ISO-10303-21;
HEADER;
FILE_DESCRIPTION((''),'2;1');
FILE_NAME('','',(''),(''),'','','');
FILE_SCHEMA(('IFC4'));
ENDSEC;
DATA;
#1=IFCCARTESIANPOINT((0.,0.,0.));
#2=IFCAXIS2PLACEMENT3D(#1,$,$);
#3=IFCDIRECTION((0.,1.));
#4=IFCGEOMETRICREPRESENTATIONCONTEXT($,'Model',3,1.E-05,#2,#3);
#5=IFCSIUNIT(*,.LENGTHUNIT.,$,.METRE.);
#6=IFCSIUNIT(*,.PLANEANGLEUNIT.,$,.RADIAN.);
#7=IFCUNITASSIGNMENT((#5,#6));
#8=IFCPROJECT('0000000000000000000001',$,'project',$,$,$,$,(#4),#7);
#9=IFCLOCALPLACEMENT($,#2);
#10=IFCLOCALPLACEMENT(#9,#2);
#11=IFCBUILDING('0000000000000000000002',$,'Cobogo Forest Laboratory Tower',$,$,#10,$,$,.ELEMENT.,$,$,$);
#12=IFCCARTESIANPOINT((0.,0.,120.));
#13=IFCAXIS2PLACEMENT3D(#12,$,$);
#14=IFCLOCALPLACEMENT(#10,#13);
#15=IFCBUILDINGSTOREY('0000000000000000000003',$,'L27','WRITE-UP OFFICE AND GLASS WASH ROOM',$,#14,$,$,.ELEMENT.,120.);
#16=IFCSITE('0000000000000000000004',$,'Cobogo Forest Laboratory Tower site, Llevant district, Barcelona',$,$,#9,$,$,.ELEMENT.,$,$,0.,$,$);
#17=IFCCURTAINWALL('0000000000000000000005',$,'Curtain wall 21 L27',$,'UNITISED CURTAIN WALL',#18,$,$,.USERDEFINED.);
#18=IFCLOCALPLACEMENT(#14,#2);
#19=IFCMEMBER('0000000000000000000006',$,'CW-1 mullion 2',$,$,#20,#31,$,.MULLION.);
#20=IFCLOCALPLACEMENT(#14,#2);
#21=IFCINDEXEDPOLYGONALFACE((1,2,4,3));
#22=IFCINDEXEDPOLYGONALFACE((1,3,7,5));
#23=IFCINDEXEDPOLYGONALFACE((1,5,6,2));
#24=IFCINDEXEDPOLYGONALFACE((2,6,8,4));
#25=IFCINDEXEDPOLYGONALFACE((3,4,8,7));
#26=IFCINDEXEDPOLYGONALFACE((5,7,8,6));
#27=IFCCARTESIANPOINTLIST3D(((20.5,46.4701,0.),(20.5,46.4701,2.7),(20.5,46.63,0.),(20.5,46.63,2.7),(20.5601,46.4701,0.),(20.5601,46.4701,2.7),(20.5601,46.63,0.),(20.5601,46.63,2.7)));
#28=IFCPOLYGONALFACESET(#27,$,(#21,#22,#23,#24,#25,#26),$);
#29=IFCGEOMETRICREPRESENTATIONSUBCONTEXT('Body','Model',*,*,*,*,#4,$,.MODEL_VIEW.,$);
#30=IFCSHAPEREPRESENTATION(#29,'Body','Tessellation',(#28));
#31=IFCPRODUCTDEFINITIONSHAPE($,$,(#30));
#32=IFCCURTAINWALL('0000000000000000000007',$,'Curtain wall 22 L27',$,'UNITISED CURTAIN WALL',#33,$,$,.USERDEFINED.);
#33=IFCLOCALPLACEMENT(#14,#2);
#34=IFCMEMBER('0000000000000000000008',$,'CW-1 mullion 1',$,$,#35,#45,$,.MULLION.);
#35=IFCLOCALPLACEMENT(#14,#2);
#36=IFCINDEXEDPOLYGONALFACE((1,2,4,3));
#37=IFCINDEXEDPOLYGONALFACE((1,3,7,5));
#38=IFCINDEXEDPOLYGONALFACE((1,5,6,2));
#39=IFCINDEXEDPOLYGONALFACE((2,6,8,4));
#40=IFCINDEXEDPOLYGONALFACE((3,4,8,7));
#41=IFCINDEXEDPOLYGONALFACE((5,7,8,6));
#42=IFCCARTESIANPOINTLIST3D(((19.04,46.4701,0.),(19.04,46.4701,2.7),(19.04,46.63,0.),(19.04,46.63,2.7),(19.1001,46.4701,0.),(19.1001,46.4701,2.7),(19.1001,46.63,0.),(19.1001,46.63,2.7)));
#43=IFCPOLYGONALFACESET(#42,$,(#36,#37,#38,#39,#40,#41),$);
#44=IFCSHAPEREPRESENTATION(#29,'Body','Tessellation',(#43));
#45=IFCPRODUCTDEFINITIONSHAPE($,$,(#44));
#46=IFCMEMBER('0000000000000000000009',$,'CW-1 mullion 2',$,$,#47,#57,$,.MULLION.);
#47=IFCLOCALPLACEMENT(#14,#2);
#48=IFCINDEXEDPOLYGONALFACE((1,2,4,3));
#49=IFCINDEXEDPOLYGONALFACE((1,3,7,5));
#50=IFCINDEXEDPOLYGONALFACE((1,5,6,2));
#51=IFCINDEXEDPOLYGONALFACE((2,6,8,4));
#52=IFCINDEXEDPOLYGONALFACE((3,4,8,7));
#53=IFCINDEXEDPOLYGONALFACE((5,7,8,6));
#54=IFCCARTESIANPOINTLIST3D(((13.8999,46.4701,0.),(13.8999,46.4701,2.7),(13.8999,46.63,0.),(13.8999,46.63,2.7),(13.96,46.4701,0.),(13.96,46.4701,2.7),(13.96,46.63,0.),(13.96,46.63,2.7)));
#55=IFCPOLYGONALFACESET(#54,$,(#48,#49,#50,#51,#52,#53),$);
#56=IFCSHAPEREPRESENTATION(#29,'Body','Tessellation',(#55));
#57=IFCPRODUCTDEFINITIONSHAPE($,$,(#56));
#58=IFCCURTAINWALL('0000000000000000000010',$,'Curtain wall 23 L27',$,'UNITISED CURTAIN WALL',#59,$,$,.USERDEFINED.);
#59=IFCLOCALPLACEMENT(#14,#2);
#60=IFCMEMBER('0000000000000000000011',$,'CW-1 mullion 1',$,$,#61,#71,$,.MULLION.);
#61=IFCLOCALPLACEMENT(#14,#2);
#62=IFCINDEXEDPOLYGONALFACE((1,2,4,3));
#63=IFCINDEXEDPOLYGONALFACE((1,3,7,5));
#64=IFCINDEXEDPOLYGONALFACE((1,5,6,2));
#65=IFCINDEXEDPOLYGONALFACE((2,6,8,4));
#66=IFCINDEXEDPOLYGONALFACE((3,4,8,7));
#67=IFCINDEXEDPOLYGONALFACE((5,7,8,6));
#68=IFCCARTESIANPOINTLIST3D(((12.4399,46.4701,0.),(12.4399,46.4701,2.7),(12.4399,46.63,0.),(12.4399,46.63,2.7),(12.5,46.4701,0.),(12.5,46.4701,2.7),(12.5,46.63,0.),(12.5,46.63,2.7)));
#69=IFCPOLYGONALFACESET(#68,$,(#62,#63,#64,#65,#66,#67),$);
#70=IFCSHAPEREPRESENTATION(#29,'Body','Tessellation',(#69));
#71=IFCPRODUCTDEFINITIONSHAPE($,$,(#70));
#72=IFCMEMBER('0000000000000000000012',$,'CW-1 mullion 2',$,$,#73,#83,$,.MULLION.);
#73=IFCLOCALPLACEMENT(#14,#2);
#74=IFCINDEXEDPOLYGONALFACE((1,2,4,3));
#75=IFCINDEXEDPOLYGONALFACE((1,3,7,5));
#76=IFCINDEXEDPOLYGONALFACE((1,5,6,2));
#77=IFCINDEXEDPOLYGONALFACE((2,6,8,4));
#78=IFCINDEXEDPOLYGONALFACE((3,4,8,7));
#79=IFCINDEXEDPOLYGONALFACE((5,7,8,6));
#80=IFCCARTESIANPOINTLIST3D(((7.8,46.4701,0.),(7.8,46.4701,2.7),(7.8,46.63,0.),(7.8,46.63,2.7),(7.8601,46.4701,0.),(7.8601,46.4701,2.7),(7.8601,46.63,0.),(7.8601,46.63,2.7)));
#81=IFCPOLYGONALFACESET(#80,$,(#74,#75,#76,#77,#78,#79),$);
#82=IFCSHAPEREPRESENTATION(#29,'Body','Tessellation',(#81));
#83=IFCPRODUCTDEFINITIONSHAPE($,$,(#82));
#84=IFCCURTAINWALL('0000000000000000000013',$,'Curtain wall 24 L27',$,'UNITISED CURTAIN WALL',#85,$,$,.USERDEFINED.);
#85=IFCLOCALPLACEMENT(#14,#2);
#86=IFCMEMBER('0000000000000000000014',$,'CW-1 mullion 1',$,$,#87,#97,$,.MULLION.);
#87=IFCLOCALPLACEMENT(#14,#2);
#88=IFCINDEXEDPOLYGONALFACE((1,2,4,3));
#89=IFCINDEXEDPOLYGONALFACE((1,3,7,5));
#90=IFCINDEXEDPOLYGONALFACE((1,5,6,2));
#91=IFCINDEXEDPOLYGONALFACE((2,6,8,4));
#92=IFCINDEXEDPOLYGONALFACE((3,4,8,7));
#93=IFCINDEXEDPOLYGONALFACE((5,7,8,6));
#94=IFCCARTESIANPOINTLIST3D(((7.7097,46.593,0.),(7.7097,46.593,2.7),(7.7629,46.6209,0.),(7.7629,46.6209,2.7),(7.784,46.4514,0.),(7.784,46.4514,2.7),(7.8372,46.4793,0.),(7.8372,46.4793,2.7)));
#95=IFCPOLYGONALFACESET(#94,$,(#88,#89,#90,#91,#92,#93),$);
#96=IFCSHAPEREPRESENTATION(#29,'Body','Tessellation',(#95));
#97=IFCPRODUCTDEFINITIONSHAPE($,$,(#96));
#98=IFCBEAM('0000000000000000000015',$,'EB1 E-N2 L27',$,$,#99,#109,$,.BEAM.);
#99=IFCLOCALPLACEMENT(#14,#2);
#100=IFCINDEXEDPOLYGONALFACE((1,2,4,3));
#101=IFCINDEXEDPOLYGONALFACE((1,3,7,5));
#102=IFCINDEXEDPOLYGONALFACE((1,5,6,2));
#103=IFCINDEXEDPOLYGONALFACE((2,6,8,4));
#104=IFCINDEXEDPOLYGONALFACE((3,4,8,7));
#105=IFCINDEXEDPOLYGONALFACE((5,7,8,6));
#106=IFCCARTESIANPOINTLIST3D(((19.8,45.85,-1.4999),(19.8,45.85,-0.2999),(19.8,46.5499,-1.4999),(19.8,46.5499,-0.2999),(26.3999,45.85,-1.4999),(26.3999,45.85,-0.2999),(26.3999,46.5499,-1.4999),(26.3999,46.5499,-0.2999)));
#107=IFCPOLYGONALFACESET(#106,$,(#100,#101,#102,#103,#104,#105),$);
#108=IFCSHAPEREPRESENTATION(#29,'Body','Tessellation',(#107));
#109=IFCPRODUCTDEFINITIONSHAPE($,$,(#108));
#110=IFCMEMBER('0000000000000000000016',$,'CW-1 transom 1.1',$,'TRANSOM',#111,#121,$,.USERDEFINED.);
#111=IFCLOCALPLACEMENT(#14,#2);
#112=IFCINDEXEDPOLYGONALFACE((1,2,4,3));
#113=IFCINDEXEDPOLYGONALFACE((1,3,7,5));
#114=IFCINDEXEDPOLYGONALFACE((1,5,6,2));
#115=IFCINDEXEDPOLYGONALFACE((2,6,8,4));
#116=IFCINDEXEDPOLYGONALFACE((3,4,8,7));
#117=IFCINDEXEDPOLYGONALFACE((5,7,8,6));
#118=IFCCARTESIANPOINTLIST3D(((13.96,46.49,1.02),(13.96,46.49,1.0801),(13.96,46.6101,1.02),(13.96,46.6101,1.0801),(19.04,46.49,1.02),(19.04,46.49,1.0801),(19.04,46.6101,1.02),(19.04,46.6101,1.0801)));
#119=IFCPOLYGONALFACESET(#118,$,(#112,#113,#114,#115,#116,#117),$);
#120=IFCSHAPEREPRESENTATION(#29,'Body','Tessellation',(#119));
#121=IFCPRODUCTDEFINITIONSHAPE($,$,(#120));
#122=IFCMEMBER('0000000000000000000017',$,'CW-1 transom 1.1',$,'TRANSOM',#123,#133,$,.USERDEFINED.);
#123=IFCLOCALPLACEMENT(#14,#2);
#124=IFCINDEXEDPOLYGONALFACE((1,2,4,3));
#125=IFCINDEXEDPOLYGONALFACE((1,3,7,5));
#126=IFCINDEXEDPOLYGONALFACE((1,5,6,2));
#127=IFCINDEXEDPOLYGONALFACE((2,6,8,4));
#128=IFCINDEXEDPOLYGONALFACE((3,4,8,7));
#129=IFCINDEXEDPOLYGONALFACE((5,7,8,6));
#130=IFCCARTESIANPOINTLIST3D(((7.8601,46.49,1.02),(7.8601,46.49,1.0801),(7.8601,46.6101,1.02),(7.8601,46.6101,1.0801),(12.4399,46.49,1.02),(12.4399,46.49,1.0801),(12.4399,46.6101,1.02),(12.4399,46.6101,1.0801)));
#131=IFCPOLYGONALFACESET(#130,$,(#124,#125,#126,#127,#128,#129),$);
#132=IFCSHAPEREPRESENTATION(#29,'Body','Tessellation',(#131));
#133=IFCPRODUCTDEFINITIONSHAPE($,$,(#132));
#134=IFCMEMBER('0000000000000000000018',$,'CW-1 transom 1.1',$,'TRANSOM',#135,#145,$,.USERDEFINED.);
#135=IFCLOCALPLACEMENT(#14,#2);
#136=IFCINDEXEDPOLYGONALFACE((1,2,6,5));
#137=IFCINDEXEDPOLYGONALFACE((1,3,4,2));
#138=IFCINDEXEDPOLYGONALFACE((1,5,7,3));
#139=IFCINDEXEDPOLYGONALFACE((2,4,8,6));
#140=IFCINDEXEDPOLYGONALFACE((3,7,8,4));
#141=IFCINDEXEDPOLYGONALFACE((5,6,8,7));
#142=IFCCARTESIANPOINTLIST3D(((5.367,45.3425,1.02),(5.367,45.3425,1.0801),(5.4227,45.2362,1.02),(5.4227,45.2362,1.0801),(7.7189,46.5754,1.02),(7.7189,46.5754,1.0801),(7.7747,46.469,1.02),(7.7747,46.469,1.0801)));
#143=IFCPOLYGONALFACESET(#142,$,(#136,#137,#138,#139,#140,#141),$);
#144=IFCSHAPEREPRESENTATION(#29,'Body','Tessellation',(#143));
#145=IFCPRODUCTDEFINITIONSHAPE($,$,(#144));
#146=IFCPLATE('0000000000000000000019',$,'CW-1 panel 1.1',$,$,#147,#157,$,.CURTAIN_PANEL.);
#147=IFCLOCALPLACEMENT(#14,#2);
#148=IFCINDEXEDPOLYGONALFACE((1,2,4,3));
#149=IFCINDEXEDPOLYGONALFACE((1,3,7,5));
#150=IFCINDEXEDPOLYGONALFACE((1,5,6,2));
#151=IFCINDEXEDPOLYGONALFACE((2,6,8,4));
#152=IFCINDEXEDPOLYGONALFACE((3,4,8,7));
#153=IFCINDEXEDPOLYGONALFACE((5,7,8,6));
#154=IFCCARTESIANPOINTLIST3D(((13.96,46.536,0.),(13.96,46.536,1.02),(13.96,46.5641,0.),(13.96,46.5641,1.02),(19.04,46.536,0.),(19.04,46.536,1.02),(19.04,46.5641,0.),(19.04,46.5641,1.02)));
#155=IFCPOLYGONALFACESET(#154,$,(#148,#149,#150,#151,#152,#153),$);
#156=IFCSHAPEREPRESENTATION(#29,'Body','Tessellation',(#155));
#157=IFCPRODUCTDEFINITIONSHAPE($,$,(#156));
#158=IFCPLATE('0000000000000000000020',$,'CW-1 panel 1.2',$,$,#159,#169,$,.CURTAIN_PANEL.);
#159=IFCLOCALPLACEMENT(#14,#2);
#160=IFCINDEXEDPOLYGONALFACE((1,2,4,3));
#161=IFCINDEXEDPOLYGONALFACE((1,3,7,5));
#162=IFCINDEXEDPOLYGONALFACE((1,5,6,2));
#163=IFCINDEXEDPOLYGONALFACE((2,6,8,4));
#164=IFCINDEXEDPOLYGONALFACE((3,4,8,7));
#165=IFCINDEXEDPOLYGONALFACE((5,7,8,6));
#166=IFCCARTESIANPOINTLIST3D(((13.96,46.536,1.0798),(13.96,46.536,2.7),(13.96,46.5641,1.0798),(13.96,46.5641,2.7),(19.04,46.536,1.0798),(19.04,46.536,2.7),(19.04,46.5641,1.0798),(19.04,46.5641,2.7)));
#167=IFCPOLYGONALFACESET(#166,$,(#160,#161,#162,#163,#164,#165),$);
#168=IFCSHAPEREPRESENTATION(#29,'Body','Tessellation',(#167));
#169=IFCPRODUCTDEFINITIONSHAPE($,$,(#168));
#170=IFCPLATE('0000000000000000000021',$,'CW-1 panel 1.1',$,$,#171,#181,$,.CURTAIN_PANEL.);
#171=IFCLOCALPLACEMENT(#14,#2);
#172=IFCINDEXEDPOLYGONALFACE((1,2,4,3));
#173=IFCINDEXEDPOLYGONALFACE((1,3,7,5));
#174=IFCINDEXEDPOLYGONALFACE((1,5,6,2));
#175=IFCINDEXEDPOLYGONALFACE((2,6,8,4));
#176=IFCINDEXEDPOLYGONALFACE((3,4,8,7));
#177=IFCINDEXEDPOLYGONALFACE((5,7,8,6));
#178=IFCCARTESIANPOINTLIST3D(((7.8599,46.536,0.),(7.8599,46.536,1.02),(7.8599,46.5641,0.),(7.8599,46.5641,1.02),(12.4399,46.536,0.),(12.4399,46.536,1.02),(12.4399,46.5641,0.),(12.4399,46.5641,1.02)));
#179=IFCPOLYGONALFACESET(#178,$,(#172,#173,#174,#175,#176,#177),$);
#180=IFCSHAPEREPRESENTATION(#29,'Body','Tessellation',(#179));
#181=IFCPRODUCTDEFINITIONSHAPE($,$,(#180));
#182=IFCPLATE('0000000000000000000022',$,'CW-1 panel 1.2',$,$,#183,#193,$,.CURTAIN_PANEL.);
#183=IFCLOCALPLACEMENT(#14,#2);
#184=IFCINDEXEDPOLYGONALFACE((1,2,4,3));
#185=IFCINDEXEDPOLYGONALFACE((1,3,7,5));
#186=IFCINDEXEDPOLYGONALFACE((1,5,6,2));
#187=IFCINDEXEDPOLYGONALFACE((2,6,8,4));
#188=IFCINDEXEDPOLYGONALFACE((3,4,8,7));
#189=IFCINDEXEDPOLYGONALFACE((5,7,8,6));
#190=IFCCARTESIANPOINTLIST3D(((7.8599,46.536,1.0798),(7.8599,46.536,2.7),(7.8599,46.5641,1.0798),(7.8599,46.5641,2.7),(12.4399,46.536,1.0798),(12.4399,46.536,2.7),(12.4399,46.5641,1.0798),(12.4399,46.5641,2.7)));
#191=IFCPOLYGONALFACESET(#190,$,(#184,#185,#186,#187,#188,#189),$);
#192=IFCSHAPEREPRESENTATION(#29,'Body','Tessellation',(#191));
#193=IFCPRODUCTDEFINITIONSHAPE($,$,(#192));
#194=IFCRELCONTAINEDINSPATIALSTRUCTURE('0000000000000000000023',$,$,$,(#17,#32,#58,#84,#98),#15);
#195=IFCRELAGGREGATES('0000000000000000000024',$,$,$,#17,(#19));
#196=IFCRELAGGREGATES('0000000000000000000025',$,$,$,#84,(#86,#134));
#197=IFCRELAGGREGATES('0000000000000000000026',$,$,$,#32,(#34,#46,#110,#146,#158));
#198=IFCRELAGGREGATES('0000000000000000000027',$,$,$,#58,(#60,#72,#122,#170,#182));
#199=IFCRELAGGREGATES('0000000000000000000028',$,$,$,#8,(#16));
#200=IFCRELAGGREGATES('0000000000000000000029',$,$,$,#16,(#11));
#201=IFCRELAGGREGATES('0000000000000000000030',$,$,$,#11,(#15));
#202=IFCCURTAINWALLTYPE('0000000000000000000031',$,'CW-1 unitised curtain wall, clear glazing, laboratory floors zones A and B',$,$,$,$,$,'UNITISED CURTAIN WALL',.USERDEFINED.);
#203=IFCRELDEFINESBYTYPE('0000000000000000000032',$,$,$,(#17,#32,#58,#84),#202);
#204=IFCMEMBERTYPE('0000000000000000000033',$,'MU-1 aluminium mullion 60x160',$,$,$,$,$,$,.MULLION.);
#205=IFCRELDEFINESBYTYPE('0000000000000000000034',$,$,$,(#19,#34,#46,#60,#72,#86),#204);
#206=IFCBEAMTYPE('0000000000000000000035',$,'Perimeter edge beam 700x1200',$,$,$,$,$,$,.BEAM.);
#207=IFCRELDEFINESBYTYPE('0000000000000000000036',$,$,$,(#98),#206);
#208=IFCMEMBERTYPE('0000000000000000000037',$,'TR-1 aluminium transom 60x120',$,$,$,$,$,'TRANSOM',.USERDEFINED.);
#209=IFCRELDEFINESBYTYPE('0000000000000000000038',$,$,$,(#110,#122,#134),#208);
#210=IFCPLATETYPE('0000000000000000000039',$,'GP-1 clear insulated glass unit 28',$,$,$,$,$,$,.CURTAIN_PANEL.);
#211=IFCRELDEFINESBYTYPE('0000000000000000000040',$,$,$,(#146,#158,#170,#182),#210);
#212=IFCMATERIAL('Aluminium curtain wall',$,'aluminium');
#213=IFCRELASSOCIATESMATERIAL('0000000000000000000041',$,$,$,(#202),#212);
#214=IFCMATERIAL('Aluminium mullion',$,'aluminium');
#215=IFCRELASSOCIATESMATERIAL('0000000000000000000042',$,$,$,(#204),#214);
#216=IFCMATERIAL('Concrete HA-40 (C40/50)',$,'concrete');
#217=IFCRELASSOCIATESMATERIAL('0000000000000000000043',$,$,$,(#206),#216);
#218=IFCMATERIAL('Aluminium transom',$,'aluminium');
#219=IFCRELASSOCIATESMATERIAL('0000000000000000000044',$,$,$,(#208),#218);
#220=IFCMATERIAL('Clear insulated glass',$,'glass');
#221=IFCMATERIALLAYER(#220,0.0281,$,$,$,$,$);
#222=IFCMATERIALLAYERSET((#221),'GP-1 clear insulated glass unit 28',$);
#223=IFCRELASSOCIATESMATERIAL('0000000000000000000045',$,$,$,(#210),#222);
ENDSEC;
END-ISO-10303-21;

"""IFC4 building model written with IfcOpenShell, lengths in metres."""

from ifc_helpers import new_model, si_unit, direction, frame, origin, origin_2d, place, context, subcontext, project, spatial, rectangle, extrude, material, layer, layer_set, material_profile, profile_set, type_object, element, aggregate, save


model = new_model("IFC4")

# Units and contexts
model_context = context("Model", 3, precision=1e-05, world=origin(), true_north=direction((0.0, 1.0)))
body_context = subcontext(model_context, "Body", "Model", "MODEL_VIEW")
ifc_project = project(units=[si_unit("LENGTHUNIT", "METRE"), si_unit("PLANEANGLEUNIT", "RADIAN")], contexts=[model_context])

# Site, building, storey
site_placement = place(None, origin())
site = spatial("IfcSite", under=ifc_project, at=site_placement, Name="Cobogo Forest Laboratory Tower site, Llevant district, Barcelona", CompositionType="ELEMENT", RefElevation=0.0)
building_placement = place(site_placement, origin())
building = spatial("IfcBuilding", under=site, at=building_placement, Name="Cobogo Forest Laboratory Tower", CompositionType="ELEMENT")
storey_placement = place(building_placement, frame((0.0, 0.0, 120.0)))
storey = spatial("IfcBuildingStorey", under=building, at=storey_placement, Name="L27", Description="WRITE-UP OFFICE AND GLASS WASH ROOM", CompositionType="ELEMENT", Elevation=120.0)

# Curtain wall, member
ifc_material_1 = material(Name="Aluminium curtain wall", Category="aluminium")
curtain_wall_type = type_object("IfcCurtainWallType", Name="CW-1 unitised curtain wall, clear glazing, laboratory floors zones A and B", ElementType="UNITISED CURTAIN WALL", PredefinedType="USERDEFINED", material=ifc_material_1)
curtain_wall_1_placement = place(storey_placement, origin())
curtain_wall_1 = element("IfcCurtainWall", 1, at=curtain_wall_1_placement, inside=storey, type_object=curtain_wall_type, Name="Curtain wall 21 L27", ObjectType="UNITISED CURTAIN WALL", PredefinedType="USERDEFINED")
ifc_material_2 = material(Name="Aluminium mullion", Category="aluminium")
ifc_material_profile_1 = material_profile(ifc_material_2, rectangle(XDim=0.0601, YDim=0.1599, at=origin_2d()), Name="AL 60x160")
ifc_profile_set_1 = profile_set([ifc_material_profile_1], Name="Aluminium mullion")
member_type_1 = type_object("IfcMemberType", Name="MU-1 aluminium mullion 60x160", PredefinedType="MULLION", material=ifc_profile_set_1)
member_1_placement = place(storey_placement, frame((20.53, 46.55, 0.0), z_axis=(0.0, 0.0, 1.0), x_axis=(-1.0, 0.0, 0.0)))
member_1 = element("IfcMember", 2, at=member_1_placement, type_object=member_type_1, Name="CW-1 mullion 2", PredefinedType="MULLION", context=body_context, shape_type="SweptSolid", body=[
    extrude(rectangle(XDim=0.0601, YDim=0.1599, at=origin_2d()), origin(), (0.0, 0.0, 1.0), 2.7),
])
aggregate(curtain_wall_1, [member_1])

# Curtain walls, members
curtain_wall_2_placement = place(storey_placement, origin())
curtain_wall_2 = element("IfcCurtainWall", 3, at=curtain_wall_2_placement, inside=storey, type_object=curtain_wall_type, Name="Curtain wall 22 L27", ObjectType="UNITISED CURTAIN WALL", PredefinedType="USERDEFINED")
member_2_placement = place(storey_placement, frame((19.0701, 46.55, 0.0), z_axis=(0.0, 0.0, 1.0), x_axis=(-1.0, 0.0, 0.0)))
member_2 = element("IfcMember", 4, at=member_2_placement, type_object=member_type_1, Name="CW-1 mullion 1", PredefinedType="MULLION", context=body_context, shape_type="SweptSolid", body=[
    extrude(rectangle(XDim=0.0601, YDim=0.1599, at=origin_2d()), origin(), (0.0, 0.0, 1.0), 2.7),
])
member_3_placement = place(storey_placement, frame((13.9299, 46.55, 0.0), z_axis=(0.0, 0.0, 1.0), x_axis=(-1.0, 0.0, 0.0)))
member_3 = element("IfcMember", 5, at=member_3_placement, type_object=member_type_1, Name="CW-1 mullion 2", PredefinedType="MULLION", context=body_context, shape_type="SweptSolid", body=[
    extrude(rectangle(XDim=0.0601, YDim=0.1599, at=origin_2d()), origin(), (0.0, 0.0, 1.0), 2.7),
])
curtain_wall_3_placement = place(storey_placement, origin())
curtain_wall_3 = element("IfcCurtainWall", 6, at=curtain_wall_3_placement, inside=storey, type_object=curtain_wall_type, Name="Curtain wall 23 L27", ObjectType="UNITISED CURTAIN WALL", PredefinedType="USERDEFINED")
member_4_placement = place(storey_placement, frame((12.47, 46.55, 0.0), z_axis=(0.0, 0.0, 1.0), x_axis=(-1.0, 0.0, 0.0)))
member_4 = element("IfcMember", 7, at=member_4_placement, type_object=member_type_1, Name="CW-1 mullion 1", PredefinedType="MULLION", context=body_context, shape_type="SweptSolid", body=[
    extrude(rectangle(XDim=0.0601, YDim=0.1599, at=origin_2d()), origin(), (0.0, 0.0, 1.0), 2.7),
])
member_5_placement = place(storey_placement, frame((7.8301, 46.55, 0.0), z_axis=(0.0, 0.0, 1.0), x_axis=(-1.0, 0.0, 0.0)))
member_5 = element("IfcMember", 8, at=member_5_placement, type_object=member_type_1, Name="CW-1 mullion 2", PredefinedType="MULLION", context=body_context, shape_type="SweptSolid", body=[
    extrude(rectangle(XDim=0.0601, YDim=0.1599, at=origin_2d()), origin(), (0.0, 0.0, 1.0), 2.7),
])

# Curtain wall, member
curtain_wall_4_placement = place(storey_placement, origin())
curtain_wall_4 = element("IfcCurtainWall", 9, at=curtain_wall_4_placement, inside=storey, type_object=curtain_wall_type, Name="Curtain wall 24 L27", ObjectType="UNITISED CURTAIN WALL", PredefinedType="USERDEFINED")
member_6_placement = place(storey_placement, frame((7.7734, 46.5361, 0.0), z_axis=(0.0, 0.0, 1.0), x_axis=(-0.885687, -0.464284, 0.0)))
member_6 = element("IfcMember", 10, at=member_6_placement, type_object=member_type_1, Name="CW-1 mullion 1", PredefinedType="MULLION", context=body_context, shape_type="SweptSolid", body=[
    extrude(rectangle(XDim=0.0601, YDim=0.1599, at=origin_2d()), origin(), (0.0, 0.0, 1.0), 2.7),
])

# Beam
ifc_material_3 = material(Name="Concrete HA-40 (C40/50)", Category="concrete")
ifc_material_profile_2 = material_profile(ifc_material_3, rectangle(XDim=0.7, YDim=1.2, at=origin_2d()), Name="RC 700x1200")
ifc_profile_set_2 = profile_set([ifc_material_profile_2], Name="Concrete HA-40 (C40/50)")
beam_type = type_object("IfcBeamType", Name="Perimeter edge beam 700x1200", PredefinedType="BEAM", material=ifc_profile_set_2)
beam_placement = place(storey_placement, frame((19.8, 46.2, -0.8999), z_axis=(1.0, 0.0, 0.0), x_axis=(0.0, 1.0, 0.0)))
element("IfcBeam", 11, at=beam_placement, inside=storey, type_object=beam_type, Name="EB1 E-N2 L27", PredefinedType="BEAM", context=body_context, shape_type="SweptSolid", body=[
    extrude(rectangle(XDim=0.7, YDim=1.2, at=origin_2d()), origin(), (0.0, 0.0, 1.0), 6.5999),
])

# Members
ifc_material_4 = material(Name="Aluminium transom", Category="aluminium")
ifc_material_profile_3 = material_profile(ifc_material_4, rectangle(XDim=0.1201, YDim=0.0601, at=origin_2d()), Name="AL 60x120")
ifc_profile_set_3 = profile_set([ifc_material_profile_3], Name="Aluminium transom")
member_type_2 = type_object("IfcMemberType", Name="TR-1 aluminium transom 60x120", ElementType="TRANSOM", PredefinedType="USERDEFINED", material=ifc_profile_set_3)
member_7_placement = place(storey_placement, frame((19.04, 46.55, 1.05), z_axis=(-1.0, 0.0, 0.0), x_axis=(0.0, -1.0, 0.0)))
member_7 = element("IfcMember", 12, at=member_7_placement, type_object=member_type_2, Name="CW-1 transom 1.1", ObjectType="TRANSOM", PredefinedType="USERDEFINED", context=body_context, shape_type="SweptSolid", body=[
    extrude(rectangle(XDim=0.1201, YDim=0.0601, at=origin_2d()), origin(), (0.0, 0.0, 1.0), 5.0801),
])
member_8_placement = place(storey_placement, frame((12.4399, 46.55, 1.05), z_axis=(-1.0, 0.0, 0.0), x_axis=(0.0, -1.0, 0.0)))
member_8 = element("IfcMember", 13, at=member_8_placement, type_object=member_type_2, Name="CW-1 transom 1.1", ObjectType="TRANSOM", PredefinedType="USERDEFINED", context=body_context, shape_type="SweptSolid", body=[
    extrude(rectangle(XDim=0.1201, YDim=0.0601, at=origin_2d()), origin(), (0.0, 0.0, 1.0), 4.5798),
])
member_9_placement = place(storey_placement, frame((7.7468, 46.5222, 1.05), z_axis=(-0.885695, -0.464268, 0.0), x_axis=(0.464268, -0.885695, 0.0)))
member_9 = element("IfcMember", 14, at=member_9_placement, type_object=member_type_2, Name="CW-1 transom 1.1", ObjectType="TRANSOM", PredefinedType="USERDEFINED", context=body_context, shape_type="SweptSolid", body=[
    extrude(rectangle(XDim=0.1201, YDim=0.0601, at=origin_2d()), origin(), (0.0, 0.0, 1.0), 2.6555),
])
aggregate(curtain_wall_4, [member_6, member_9])

# Plates
ifc_material_5 = material(Name="Clear insulated glass", Category="glass")
ifc_layer = layer(ifc_material_5, 0.0281)
ifc_layer_set = layer_set([ifc_layer], Name="GP-1 clear insulated glass unit 28")
plate_type_1 = type_object("IfcPlateType", Name="GP-1 clear insulated glass unit 28", PredefinedType="CURTAIN_PANEL", material=ifc_layer_set)
plate_1_placement = place(storey_placement, frame((16.5, 46.55, 0.0), z_axis=(0.0, 0.0, 1.0), x_axis=(-1.0, 0.0, 0.0)))
plate_1 = element("IfcPlate", 15, at=plate_1_placement, type_object=plate_type_1, Name="CW-1 panel 1.1", PredefinedType="CURTAIN_PANEL", context=body_context, shape_type="SweptSolid", body=[
    extrude(rectangle(XDim=5.0801, YDim=0.0281, at=origin_2d()), origin(), (0.0, 0.0, 1.0), 1.02),
])
plate_2_placement = place(storey_placement, frame((16.5, 46.55, 1.0798), z_axis=(0.0, 0.0, 1.0), x_axis=(-1.0, 0.0, 0.0)))
plate_2 = element("IfcPlate", 16, at=plate_2_placement, type_object=plate_type_1, Name="CW-1 panel 1.2", PredefinedType="CURTAIN_PANEL", context=body_context, shape_type="SweptSolid", body=[
    extrude(rectangle(XDim=5.0801, YDim=0.0281, at=origin_2d()), origin(), (0.0, 0.0, 1.0), 1.6201),
])
aggregate(curtain_wall_2, [member_2, member_3, member_7, plate_1, plate_2])
plate_3_placement = place(storey_placement, frame((10.1499, 46.55, 0.0), z_axis=(0.0, 0.0, 1.0), x_axis=(-1.0, 0.0, 0.0)))
plate_3 = element("IfcPlate", 17, at=plate_3_placement, type_object=plate_type_1, Name="CW-1 panel 1.1", PredefinedType="CURTAIN_PANEL", context=body_context, shape_type="SweptSolid", body=[
    extrude(rectangle(XDim=4.5801, YDim=0.0281, at=origin_2d()), origin(), (0.0, 0.0, 1.0), 1.02),
])
plate_4_placement = place(storey_placement, frame((10.1499, 46.55, 1.0798), z_axis=(0.0, 0.0, 1.0), x_axis=(-1.0, 0.0, 0.0)))
plate_4 = element("IfcPlate", 18, at=plate_4_placement, type_object=plate_type_1, Name="CW-1 panel 1.2", PredefinedType="CURTAIN_PANEL", context=body_context, shape_type="SweptSolid", body=[
    extrude(rectangle(XDim=4.5801, YDim=0.0281, at=origin_2d()), origin(), (0.0, 0.0, 1.0), 1.6201),
])
aggregate(curtain_wall_3, [member_4, member_5, member_8, plate_3, plate_4])

save(model, "model.ifc")
